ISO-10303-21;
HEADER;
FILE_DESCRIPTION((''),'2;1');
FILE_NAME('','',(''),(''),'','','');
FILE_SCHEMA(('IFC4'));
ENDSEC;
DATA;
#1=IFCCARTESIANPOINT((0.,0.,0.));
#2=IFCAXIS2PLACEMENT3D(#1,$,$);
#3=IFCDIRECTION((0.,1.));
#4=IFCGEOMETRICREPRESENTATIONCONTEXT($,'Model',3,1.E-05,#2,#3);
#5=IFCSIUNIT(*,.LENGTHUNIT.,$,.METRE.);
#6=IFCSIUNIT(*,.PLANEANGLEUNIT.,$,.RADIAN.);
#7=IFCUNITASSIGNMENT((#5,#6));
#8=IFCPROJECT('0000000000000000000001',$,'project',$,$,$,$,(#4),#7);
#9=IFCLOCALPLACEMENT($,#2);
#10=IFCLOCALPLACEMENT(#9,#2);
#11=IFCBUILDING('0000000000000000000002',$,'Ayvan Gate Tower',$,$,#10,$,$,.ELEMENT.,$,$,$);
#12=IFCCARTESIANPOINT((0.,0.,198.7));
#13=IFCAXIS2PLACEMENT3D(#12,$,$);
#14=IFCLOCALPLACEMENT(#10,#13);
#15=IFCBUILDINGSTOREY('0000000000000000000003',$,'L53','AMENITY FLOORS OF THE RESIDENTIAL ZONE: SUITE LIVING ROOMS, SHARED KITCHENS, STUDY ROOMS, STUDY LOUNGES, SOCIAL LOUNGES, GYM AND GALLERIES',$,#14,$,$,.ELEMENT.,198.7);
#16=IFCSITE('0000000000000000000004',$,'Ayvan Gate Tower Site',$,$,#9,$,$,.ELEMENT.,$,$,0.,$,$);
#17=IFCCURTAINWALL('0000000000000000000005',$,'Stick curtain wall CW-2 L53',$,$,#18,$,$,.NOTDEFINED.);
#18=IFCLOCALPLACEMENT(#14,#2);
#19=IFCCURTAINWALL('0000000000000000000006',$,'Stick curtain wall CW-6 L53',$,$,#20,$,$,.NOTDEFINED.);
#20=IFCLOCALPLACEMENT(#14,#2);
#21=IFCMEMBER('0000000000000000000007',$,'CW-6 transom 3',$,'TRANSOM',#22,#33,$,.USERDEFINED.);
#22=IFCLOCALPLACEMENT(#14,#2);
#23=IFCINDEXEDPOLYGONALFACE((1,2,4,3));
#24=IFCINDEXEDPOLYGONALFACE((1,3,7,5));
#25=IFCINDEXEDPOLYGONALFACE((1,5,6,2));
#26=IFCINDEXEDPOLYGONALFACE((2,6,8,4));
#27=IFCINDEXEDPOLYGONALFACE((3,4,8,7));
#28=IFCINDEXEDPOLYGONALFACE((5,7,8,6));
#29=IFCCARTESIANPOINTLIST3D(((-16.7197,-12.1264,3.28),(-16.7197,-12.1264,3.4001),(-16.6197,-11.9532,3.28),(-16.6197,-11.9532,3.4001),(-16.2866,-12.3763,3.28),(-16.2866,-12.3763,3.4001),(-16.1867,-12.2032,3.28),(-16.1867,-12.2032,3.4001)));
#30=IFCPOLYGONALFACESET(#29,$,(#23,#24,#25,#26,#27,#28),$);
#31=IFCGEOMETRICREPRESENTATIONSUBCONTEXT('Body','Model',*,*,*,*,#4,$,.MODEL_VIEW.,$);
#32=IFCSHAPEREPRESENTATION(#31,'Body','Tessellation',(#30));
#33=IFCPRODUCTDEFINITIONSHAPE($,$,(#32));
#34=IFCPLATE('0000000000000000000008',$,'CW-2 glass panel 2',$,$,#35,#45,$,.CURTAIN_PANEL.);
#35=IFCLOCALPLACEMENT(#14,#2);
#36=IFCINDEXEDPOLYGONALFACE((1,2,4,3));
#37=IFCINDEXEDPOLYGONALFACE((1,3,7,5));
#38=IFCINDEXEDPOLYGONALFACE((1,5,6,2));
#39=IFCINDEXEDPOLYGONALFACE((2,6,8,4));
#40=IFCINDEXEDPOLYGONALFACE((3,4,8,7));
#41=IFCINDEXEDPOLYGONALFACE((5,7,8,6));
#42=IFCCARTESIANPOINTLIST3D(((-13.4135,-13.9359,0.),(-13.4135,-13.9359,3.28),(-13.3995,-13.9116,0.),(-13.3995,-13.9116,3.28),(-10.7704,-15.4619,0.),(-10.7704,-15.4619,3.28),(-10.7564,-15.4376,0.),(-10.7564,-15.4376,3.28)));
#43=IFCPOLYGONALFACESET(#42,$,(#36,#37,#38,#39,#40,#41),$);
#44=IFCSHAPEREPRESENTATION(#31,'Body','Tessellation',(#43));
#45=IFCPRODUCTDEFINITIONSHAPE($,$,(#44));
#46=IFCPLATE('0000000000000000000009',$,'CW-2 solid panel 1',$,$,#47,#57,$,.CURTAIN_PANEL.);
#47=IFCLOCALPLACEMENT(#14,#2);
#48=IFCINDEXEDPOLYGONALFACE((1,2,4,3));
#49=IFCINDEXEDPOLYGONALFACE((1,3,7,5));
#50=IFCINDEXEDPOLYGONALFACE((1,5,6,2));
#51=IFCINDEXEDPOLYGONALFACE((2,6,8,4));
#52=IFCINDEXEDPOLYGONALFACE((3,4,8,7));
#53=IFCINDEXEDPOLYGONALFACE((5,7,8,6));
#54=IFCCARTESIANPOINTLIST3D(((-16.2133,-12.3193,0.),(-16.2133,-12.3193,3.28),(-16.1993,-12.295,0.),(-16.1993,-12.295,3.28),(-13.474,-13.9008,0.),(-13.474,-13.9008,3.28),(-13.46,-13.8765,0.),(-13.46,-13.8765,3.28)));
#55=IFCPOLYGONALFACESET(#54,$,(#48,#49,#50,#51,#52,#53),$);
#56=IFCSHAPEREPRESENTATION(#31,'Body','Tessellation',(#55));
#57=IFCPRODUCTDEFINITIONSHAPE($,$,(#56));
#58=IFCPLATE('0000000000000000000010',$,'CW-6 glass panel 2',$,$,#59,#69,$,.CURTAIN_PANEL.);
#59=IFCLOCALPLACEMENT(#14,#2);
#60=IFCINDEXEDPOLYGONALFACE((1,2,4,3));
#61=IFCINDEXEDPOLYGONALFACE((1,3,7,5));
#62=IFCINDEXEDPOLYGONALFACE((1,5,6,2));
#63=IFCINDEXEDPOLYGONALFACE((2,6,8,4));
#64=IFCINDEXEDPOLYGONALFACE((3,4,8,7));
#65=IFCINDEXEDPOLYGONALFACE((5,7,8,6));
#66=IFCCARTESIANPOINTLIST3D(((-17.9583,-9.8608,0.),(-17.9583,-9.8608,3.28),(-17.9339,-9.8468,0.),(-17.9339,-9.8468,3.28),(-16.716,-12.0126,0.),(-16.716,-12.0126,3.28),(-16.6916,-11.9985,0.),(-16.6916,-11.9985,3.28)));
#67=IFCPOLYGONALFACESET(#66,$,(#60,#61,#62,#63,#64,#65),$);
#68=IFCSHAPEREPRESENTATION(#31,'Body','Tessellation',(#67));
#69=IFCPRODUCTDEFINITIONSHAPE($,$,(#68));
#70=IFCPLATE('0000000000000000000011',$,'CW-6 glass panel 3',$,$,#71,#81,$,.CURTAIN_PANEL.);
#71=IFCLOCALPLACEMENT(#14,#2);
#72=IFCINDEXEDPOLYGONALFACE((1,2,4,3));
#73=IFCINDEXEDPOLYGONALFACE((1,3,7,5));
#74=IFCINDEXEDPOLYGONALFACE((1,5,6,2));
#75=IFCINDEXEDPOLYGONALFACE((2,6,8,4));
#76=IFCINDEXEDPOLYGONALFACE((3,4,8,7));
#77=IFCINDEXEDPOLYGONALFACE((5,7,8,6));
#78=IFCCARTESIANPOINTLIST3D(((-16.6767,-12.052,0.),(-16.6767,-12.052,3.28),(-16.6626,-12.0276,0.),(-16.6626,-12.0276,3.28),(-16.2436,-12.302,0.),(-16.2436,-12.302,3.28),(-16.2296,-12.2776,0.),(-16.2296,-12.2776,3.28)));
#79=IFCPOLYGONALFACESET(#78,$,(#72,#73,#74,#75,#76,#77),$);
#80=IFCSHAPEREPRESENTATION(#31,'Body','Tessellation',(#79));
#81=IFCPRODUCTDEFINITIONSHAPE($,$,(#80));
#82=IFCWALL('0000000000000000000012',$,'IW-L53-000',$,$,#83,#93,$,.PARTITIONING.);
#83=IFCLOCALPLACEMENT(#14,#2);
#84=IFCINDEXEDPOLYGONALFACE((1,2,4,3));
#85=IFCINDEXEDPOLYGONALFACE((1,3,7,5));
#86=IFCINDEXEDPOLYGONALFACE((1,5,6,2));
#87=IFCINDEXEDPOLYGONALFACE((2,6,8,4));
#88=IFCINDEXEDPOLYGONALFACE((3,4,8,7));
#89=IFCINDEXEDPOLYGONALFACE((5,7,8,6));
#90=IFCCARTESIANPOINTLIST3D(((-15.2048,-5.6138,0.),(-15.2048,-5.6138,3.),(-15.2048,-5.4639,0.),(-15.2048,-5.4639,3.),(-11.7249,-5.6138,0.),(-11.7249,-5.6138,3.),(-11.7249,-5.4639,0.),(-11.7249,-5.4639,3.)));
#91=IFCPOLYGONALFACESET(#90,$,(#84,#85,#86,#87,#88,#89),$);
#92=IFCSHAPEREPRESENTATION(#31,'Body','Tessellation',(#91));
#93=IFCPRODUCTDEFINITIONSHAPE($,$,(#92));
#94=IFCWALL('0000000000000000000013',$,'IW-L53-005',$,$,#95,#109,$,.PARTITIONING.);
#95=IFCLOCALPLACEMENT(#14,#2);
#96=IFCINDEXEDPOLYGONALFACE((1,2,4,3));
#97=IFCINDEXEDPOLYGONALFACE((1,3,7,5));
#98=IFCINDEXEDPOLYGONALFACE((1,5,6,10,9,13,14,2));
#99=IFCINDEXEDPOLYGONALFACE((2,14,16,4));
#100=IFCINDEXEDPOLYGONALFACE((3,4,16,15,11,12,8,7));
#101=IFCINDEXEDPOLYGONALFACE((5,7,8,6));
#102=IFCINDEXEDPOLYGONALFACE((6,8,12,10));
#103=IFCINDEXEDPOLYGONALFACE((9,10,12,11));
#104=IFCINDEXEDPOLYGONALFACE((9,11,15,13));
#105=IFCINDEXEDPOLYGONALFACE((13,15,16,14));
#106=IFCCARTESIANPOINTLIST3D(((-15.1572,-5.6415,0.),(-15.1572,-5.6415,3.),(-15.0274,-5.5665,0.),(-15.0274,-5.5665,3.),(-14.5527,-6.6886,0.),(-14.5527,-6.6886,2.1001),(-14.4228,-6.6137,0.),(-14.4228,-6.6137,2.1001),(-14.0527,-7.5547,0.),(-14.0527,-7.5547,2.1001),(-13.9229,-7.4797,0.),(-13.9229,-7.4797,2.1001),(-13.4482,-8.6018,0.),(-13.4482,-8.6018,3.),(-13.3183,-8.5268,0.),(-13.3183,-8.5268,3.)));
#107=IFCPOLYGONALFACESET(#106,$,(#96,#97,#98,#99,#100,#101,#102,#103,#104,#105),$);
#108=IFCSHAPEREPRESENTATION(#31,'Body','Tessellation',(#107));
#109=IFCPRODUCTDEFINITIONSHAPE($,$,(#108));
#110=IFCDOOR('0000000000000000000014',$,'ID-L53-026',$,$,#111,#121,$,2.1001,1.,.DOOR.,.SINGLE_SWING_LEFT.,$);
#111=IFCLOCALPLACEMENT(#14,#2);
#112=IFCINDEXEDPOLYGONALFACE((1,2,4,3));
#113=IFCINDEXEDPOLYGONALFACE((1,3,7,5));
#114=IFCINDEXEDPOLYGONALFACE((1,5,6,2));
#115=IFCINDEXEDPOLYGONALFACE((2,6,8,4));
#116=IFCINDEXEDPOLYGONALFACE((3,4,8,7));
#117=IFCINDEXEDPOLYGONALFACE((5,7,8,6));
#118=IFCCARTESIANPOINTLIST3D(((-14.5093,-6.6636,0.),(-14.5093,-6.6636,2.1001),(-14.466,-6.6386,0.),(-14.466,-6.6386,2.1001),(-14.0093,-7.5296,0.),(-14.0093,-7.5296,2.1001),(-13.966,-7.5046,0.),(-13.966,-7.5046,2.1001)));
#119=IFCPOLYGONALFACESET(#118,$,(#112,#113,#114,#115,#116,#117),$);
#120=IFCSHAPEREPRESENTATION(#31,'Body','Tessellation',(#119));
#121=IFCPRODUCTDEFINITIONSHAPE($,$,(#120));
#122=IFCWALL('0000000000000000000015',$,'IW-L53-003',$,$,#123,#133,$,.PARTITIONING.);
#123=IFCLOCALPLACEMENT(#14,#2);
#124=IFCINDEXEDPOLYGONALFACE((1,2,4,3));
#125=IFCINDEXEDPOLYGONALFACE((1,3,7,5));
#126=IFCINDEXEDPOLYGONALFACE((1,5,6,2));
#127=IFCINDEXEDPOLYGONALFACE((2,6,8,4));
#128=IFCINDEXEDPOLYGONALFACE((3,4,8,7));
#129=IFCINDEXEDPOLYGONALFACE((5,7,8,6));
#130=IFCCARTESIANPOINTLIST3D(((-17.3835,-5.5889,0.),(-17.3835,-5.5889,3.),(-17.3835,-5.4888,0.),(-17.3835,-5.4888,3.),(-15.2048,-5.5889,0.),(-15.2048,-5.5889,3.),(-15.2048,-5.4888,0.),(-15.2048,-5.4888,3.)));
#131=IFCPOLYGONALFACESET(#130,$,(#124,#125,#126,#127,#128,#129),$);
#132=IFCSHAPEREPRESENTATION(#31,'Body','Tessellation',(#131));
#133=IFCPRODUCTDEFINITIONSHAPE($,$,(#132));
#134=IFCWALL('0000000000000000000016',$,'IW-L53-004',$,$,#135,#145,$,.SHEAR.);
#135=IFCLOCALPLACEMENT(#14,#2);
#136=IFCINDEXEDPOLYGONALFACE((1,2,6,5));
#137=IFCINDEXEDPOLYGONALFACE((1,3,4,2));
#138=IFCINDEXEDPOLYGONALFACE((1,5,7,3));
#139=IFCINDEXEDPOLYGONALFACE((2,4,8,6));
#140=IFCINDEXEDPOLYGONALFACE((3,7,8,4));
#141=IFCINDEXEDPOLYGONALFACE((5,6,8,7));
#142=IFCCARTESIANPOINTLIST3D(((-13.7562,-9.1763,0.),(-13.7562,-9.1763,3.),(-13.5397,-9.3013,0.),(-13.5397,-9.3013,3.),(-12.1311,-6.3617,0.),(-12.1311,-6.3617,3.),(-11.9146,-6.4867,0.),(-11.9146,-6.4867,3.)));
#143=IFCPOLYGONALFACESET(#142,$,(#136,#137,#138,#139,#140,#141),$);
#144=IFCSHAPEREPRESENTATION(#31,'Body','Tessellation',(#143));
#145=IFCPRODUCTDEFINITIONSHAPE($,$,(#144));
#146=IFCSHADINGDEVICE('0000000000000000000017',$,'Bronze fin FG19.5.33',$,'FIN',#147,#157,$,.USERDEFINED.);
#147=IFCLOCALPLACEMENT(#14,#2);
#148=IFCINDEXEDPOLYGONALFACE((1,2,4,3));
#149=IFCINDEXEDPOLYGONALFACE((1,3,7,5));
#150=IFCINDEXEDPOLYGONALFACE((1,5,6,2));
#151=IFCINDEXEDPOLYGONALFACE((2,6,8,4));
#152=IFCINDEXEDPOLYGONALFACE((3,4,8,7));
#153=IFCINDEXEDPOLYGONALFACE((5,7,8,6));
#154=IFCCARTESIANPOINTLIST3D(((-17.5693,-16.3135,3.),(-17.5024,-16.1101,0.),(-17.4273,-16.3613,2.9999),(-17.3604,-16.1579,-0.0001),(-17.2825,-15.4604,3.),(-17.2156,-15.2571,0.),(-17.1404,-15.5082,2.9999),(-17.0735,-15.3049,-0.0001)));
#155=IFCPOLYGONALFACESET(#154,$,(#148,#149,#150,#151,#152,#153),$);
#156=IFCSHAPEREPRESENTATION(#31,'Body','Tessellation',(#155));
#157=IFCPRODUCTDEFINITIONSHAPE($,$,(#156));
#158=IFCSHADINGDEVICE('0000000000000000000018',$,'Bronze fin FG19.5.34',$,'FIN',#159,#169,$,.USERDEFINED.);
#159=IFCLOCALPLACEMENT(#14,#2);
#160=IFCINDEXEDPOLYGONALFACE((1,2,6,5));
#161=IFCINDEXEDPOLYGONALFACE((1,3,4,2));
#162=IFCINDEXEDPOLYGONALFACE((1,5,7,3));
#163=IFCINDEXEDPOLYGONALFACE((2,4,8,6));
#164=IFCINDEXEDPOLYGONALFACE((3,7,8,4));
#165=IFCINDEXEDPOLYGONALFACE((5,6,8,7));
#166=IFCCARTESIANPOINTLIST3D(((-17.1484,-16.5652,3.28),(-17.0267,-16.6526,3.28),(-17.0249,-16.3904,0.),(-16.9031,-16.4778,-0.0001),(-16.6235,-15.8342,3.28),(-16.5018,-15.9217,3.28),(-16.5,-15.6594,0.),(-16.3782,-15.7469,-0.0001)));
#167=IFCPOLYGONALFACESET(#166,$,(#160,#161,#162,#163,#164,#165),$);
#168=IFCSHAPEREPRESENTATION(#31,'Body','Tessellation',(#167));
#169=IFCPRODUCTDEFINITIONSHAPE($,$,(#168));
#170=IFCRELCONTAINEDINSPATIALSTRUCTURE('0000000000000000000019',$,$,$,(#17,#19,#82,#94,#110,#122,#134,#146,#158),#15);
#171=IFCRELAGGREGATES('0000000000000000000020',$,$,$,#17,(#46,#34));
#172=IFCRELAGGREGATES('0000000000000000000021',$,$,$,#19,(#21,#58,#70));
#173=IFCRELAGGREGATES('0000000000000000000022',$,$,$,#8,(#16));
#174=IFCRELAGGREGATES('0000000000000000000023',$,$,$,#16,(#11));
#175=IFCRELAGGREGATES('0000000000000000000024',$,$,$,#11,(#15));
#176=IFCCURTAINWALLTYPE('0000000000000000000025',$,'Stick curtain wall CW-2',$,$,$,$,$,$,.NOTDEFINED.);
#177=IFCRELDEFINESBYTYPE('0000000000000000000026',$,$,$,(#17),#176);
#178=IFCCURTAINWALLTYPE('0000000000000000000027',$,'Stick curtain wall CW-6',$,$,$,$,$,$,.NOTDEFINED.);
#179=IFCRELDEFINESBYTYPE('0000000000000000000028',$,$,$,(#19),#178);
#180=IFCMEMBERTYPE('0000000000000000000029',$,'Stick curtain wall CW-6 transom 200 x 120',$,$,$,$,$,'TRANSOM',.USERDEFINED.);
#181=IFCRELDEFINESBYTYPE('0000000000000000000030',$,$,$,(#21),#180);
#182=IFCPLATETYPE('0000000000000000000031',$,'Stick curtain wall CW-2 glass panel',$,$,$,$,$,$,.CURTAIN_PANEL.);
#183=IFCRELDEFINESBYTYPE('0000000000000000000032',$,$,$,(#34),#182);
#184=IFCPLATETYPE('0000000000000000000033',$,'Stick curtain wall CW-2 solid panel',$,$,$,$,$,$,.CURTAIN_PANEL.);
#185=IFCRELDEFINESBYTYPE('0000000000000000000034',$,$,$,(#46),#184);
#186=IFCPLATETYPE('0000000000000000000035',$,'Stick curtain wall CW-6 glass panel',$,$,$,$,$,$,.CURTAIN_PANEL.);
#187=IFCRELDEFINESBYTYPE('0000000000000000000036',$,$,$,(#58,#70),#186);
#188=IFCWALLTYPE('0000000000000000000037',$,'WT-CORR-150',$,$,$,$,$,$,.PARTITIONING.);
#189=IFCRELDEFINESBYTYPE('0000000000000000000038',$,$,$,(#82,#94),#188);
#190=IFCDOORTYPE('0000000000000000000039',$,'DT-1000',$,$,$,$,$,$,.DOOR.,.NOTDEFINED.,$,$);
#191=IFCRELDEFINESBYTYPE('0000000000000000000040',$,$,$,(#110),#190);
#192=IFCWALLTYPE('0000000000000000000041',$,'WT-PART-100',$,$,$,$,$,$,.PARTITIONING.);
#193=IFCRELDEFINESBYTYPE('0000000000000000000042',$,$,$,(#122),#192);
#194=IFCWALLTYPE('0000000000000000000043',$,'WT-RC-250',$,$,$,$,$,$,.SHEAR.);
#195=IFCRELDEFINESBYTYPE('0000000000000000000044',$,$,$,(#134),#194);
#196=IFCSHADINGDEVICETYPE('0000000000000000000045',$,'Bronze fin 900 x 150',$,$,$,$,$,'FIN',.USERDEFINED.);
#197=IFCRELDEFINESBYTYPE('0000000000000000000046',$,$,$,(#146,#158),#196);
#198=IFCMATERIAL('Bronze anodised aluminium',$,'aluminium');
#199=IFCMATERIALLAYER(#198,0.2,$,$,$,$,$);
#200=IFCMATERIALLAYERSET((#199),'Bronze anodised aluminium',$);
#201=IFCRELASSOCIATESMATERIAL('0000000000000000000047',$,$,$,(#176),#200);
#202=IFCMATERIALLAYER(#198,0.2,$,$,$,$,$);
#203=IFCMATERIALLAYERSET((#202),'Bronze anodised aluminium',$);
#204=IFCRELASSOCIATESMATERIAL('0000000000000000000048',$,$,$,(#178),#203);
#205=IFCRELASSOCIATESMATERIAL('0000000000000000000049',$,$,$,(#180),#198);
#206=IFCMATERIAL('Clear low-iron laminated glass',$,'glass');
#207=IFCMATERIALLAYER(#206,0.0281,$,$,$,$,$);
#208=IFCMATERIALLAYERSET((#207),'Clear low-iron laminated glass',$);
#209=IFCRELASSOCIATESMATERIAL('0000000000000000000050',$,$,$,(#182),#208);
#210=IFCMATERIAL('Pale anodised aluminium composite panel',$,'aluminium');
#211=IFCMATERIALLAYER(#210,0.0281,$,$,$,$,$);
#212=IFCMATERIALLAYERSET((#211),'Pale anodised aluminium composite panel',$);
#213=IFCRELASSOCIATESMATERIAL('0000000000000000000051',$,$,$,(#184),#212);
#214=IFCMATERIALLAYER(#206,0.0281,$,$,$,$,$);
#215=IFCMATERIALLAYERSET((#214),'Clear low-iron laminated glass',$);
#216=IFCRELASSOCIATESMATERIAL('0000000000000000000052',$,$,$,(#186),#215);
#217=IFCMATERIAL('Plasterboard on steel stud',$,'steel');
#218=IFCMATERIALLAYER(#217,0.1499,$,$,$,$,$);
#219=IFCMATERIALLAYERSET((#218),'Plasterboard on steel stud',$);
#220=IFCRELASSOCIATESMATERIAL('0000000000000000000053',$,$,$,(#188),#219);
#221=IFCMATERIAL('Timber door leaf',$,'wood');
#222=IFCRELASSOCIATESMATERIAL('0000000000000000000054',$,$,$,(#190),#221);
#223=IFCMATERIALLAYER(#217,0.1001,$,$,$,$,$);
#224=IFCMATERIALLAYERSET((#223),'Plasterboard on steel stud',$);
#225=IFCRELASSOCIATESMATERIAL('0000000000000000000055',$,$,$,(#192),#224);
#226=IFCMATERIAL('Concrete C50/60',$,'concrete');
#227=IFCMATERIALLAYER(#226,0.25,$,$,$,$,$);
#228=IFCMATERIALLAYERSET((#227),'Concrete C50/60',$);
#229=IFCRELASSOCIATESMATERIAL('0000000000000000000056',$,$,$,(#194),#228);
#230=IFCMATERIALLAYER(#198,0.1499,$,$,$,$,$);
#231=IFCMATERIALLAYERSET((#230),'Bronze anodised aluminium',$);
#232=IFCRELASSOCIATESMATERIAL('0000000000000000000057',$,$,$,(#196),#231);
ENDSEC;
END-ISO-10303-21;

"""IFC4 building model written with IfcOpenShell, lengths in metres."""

from ifc_helpers import new_model, si_unit, direction, frame, frame_2d, origin, origin_2d, place, context, subcontext, project, spatial, polyline, rectangle, outline, extrude, material, layer, layer_set, material_profile, profile_set, type_object, element, fill, aggregate, save


model = new_model("IFC4")

# Units and contexts
model_context = context("Model", 3, precision=1e-05, world=origin(), true_north=direction((0.0, 1.0)))
body_context = subcontext(model_context, "Body", "Model", "MODEL_VIEW")
ifc_project = project(units=[si_unit("LENGTHUNIT", "METRE"), si_unit("PLANEANGLEUNIT", "RADIAN")], contexts=[model_context])

# Site, building, storey
site_placement = place(None, origin())
site = spatial("IfcSite", under=ifc_project, at=site_placement, Name="Ayvan Gate Tower Site", CompositionType="ELEMENT", RefElevation=0.0)
building_placement = place(site_placement, origin())
building = spatial("IfcBuilding", under=site, at=building_placement, Name="Ayvan Gate Tower", CompositionType="ELEMENT")
storey_placement = place(building_placement, frame((0.0, 0.0, 198.7)))
storey = spatial("IfcBuildingStorey", under=building, at=storey_placement, Name="L53", Description="AMENITY FLOORS OF THE RESIDENTIAL ZONE: SUITE LIVING ROOMS, SHARED KITCHENS, STUDY ROOMS, STUDY LOUNGES, SOCIAL LOUNGES, GYM AND GALLERIES", CompositionType="ELEMENT", Elevation=198.7)

# Curtain walls, member
ifc_material_1 = material(Name="Bronze anodised aluminium", Category="aluminium")
ifc_layer_1 = layer(ifc_material_1, 0.2)
ifc_layer_set_1 = layer_set([ifc_layer_1], Name="Bronze anodised aluminium")
curtain_wall_type_1 = type_object("IfcCurtainWallType", Name="Stick curtain wall CW-2", PredefinedType="NOTDEFINED", material=ifc_layer_set_1)
curtain_wall_1_placement = place(storey_placement, origin())
curtain_wall_1 = element("IfcCurtainWall", 1, at=curtain_wall_1_placement, inside=storey, type_object=curtain_wall_type_1, Name="Stick curtain wall CW-2 L53", PredefinedType="NOTDEFINED")
ifc_layer_2 = layer(ifc_material_1, 0.2)
ifc_layer_set_2 = layer_set([ifc_layer_2], Name="Bronze anodised aluminium")
curtain_wall_type_2 = type_object("IfcCurtainWallType", Name="Stick curtain wall CW-6", PredefinedType="NOTDEFINED", material=ifc_layer_set_2)
curtain_wall_2_placement = place(storey_placement, origin())
curtain_wall_2 = element("IfcCurtainWall", 2, at=curtain_wall_2_placement, inside=storey, type_object=curtain_wall_type_2, Name="Stick curtain wall CW-6 L53", PredefinedType="NOTDEFINED")
ifc_material_profile_1 = material_profile(ifc_material_1, rectangle(XDim=0.2, YDim=0.1201, at=origin_2d()), Name="Stick curtain wall CW-6 transom 200 x 120")
ifc_profile_set_1 = profile_set([ifc_material_profile_1], Name="Bronze anodised aluminium")
member_type_1 = type_object("IfcMemberType", Name="Stick curtain wall CW-6 transom 200 x 120", ElementType="TRANSOM", PredefinedType="USERDEFINED", material=ifc_profile_set_1)
member_1_placement = place(storey_placement, frame((-16.6697, -12.0398, 3.3401), z_axis=(0.866072, -0.49992, 0.0), x_axis=(0.49992, 0.866072, 0.0)))
member_1 = element("IfcMember", 3, at=member_1_placement, type_object=member_type_1, Name="CW-6 transom 3", ObjectType="TRANSOM", PredefinedType="USERDEFINED", context=body_context, shape_type="SweptSolid", body=[
    extrude(rectangle(XDim=0.2, YDim=0.1201, at=origin_2d()), origin(), (0.0, 0.0, 1.0), 0.5),
])

# Plates
ifc_material_2 = material(Name="Clear low-iron laminated glass", Category="glass")
ifc_layer_3 = layer(ifc_material_2, 0.0281)
ifc_layer_set_3 = layer_set([ifc_layer_3], Name="Clear low-iron laminated glass")
plate_type_1 = type_object("IfcPlateType", Name="Stick curtain wall CW-2 glass panel", PredefinedType="CURTAIN_PANEL", material=ifc_layer_set_3)
plate_1_placement = place(storey_placement, frame((-12.085, -14.6868, 0.0), z_axis=(0.0, 0.0, 1.0), x_axis=(0.866025, -0.5, 0.0)))
plate_1 = element("IfcPlate", 4, at=plate_1_placement, type_object=plate_type_1, Name="CW-2 glass panel 2", PredefinedType="CURTAIN_PANEL", context=body_context, shape_type="SweptSolid", body=[
    extrude(rectangle(XDim=3.052, YDim=0.0281, at=origin_2d()), origin(), (0.0, 0.0, 1.0), 3.28),
])
ifc_material_3 = material(Name="Pale anodised aluminium composite panel", Category="aluminium")
ifc_layer_4 = layer(ifc_material_3, 0.0281)
ifc_layer_set_4 = layer_set([ifc_layer_4], Name="Pale anodised aluminium composite panel")
plate_type_2 = type_object("IfcPlateType", Name="Stick curtain wall CW-2 solid panel", PredefinedType="CURTAIN_PANEL", material=ifc_layer_set_4)
plate_2_placement = place(storey_placement, frame((-14.8367, -13.0979, 0.0), z_axis=(0.0, 0.0, 1.0), x_axis=(0.866025, -0.5, 0.0)))
plate_2 = element("IfcPlate", 5, at=plate_2_placement, type_object=plate_type_2, Name="CW-2 solid panel 1", PredefinedType="CURTAIN_PANEL", context=body_context, shape_type="SweptSolid", body=[
    extrude(rectangle(XDim=3.1631, YDim=0.0281, at=origin_2d()), origin(), (0.0, 0.0, 1.0), 3.28),
])
aggregate(curtain_wall_1, [plate_2, plate_1])
ifc_layer_5 = layer(ifc_material_2, 0.0281)
ifc_layer_set_5 = layer_set([ifc_layer_5], Name="Clear low-iron laminated glass")
plate_type_3 = type_object("IfcPlateType", Name="Stick curtain wall CW-6 glass panel", PredefinedType="CURTAIN_PANEL", material=ifc_layer_set_5)
plate_3_placement = place(storey_placement, frame((-17.325, -10.9297, 0.0), z_axis=(0.0, 0.0, 1.0), x_axis=(0.5, -0.866025, 0.0)))
plate_3 = element("IfcPlate", 6, at=plate_3_placement, type_object=plate_type_3, Name="CW-6 glass panel 2", PredefinedType="CURTAIN_PANEL", context=body_context, shape_type="SweptSolid", body=[
    extrude(rectangle(XDim=2.4846, YDim=0.0281, at=origin_2d()), origin(), (0.0, 0.0, 1.0), 3.28),
])
plate_4_placement = place(storey_placement, frame((-16.4531, -12.1648, 0.0), z_axis=(0.0, 0.0, 1.0), x_axis=(0.866025, -0.5, 0.0)))
plate_4 = element("IfcPlate", 7, at=plate_4_placement, type_object=plate_type_3, Name="CW-6 glass panel 3", PredefinedType="CURTAIN_PANEL", context=body_context, shape_type="SweptSolid", body=[
    extrude(rectangle(XDim=0.5, YDim=0.0281, at=origin_2d()), origin(), (0.0, 0.0, 1.0), 3.28),
])
aggregate(curtain_wall_2, [member_1, plate_3, plate_4])

# Wall
ifc_material_4 = material(Name="Plasterboard on steel stud", Category="steel")
ifc_layer_6 = layer(ifc_material_4, 0.1499)
ifc_layer_set_6 = layer_set([ifc_layer_6], Name="Plasterboard on steel stud")
wall_type_1 = type_object("IfcWallType", Name="WT-CORR-150", PredefinedType="PARTITIONING", material=ifc_layer_set_6)
wall_1_placement = place(storey_placement, frame((-15.2048, -5.5388, 0.0), z_axis=(0.0, 0.0, 1.0), x_axis=(1.0, 0.0, 0.0)))
element("IfcWall", 8, at=wall_1_placement, inside=storey, type_object=wall_type_1, Name="IW-L53-000", PredefinedType="PARTITIONING", context=body_context, shape_type="SweptSolid", body=[
    extrude(rectangle(XDim=3.48, YDim=0.1499, at=frame_2d((1.74, 0.0))), origin(), (0.0, 0.0, 1.0), 3.0),
])

# Wall, opening, door
wall_2_placement = place(storey_placement, frame((-13.3833, -8.5642, 0.0), z_axis=(0.0, 0.0, 1.0), x_axis=(-0.49998, 0.866037, 0.0)))
wall_2 = element("IfcWall", 9, at=wall_2_placement, inside=storey, type_object=wall_type_1, Name="IW-L53-005", PredefinedType="PARTITIONING", context=body_context, shape_type="SweptSolid", body=[
    extrude(rectangle(XDim=3.4182, YDim=0.1499, at=frame_2d((1.709, 0.0))), origin(), (0.0, 0.0, 1.0), 3.0),
])
opening_placement = place(wall_2_placement, frame((1.209, 0.0, 0.0)))
opening = element("IfcOpeningElement", 10, at=opening_placement, cuts=wall_2, PredefinedType="OPENING", context=body_context, shape_type="SweptSolid", body=[
    extrude(rectangle(XDim=1.0, YDim=2.1001, at=frame_2d((0.5, 1.05))), frame((0.0, 0.085, 0.0), z_axis=(0.0, -1.0, 0.0), x_axis=(1.0, 0.0, 0.0)), (0.0, 0.0, 1.0), 0.1699),
])
ifc_material_5 = material(Name="Timber door leaf", Category="wood")
door_type = type_object("IfcDoorType", Name="DT-1000", OperationType="NOTDEFINED", PredefinedType="DOOR", material=ifc_material_5)
door_placement = place(opening_placement, origin())
door = element("IfcDoor", 11, at=door_placement, inside=storey, type_object=door_type, Name="ID-L53-026", OperationType="SINGLE_SWING_LEFT", OverallHeight=2.1001, OverallWidth=1.0, PredefinedType="DOOR", context=body_context, shape_type="SweptSolid", body=[
    extrude(rectangle(XDim=1.0, YDim=2.1001, at=frame_2d((0.5, 1.05))), frame((0.0, 0.0249, 0.0), z_axis=(0.0, -1.0, 0.0), x_axis=(1.0, 0.0, 0.0)), (0.0, 0.0, 1.0), 0.05),
])
fill(opening, door)

# Walls
ifc_layer_7 = layer(ifc_material_4, 0.1001)
ifc_layer_set_7 = layer_set([ifc_layer_7], Name="Plasterboard on steel stud")
wall_type_2 = type_object("IfcWallType", Name="WT-PART-100", PredefinedType="PARTITIONING", material=ifc_layer_set_7)
wall_3_placement = place(storey_placement, frame((-15.2048, -5.5388, 0.0), z_axis=(0.0, 0.0, 1.0), x_axis=(-1.0, 0.0, 0.0)))
element("IfcWall", 12, at=wall_3_placement, inside=storey, type_object=wall_type_2, Name="IW-L53-003", PredefinedType="PARTITIONING", context=body_context, shape_type="SweptSolid", body=[
    extrude(rectangle(XDim=2.1787, YDim=0.1001, at=frame_2d((1.0894, 0.0))), origin(), (0.0, 0.0, 1.0), 3.0),
])
ifc_material_6 = material(Name="Concrete C50/60", Category="concrete")
ifc_layer_8 = layer(ifc_material_6, 0.25)
ifc_layer_set_8 = layer_set([ifc_layer_8], Name="Concrete C50/60")
wall_type_3 = type_object("IfcWallType", Name="WT-RC-250", PredefinedType="SHEAR", material=ifc_layer_set_8)
wall_4_placement = place(storey_placement, frame((-13.6479, -9.2388, 0.0), z_axis=(0.0, 0.0, 1.0), x_axis=(0.500017, 0.866015, 0.0)))
element("IfcWall", 13, at=wall_4_placement, inside=storey, type_object=wall_type_3, Name="IW-L53-004", PredefinedType="SHEAR", context=body_context, shape_type="SweptSolid", body=[
    extrude(rectangle(XDim=3.25, YDim=0.25, at=frame_2d((1.625, 0.0))), origin(), (0.0, 0.0, 1.0), 3.0),
])

# Shading devices
ifc_layer_9 = layer(ifc_material_1, 0.1499)
ifc_layer_set_9 = layer_set([ifc_layer_9], Name="Bronze anodised aluminium")
shading_device_type = type_object("IfcShadingDeviceType", Name="Bronze fin 900 x 150", ElementType="FIN", PredefinedType="USERDEFINED", material=ifc_layer_set_9)
shading_device_1_placement = place(storey_placement, frame((-17.2156, -15.2571, 0.0), z_axis=(-0.947839, 0.318749, 0.000473), x_axis=(-0.31875, -0.947839, 0.0)))
element("IfcShadingDevice", 14, at=shading_device_1_placement, inside=storey, type_object=shading_device_type, Name="Bronze fin FG19.5.33", ObjectType="FIN", PredefinedType="USERDEFINED", context=body_context, shape_type="SweptSolid", body=[
    extrude(outline(polyline([(0.0, 0.0), (0.9, 0.0), (1.1141, 3.0), (0.2141, 3.0), (0.0, 0.0)])), origin(), (0.0, 0.0, -1.0), 0.1499),
])
shading_device_2_placement = place(storey_placement, frame((-16.5, -15.6594, 0.0), z_axis=(-0.812264, 0.583289, 0.000493), x_axis=(-0.583289, -0.812264, 0.0)))
element("IfcShadingDevice", 15, at=shading_device_2_placement, inside=storey, type_object=shading_device_type, Name="Bronze fin FG19.5.34", ObjectType="FIN", PredefinedType="USERDEFINED", context=body_context, shape_type="SweptSolid", body=[
    extrude(outline(polyline([(0.0, 0.0), (0.8999, 0.0), (1.1139, 3.28), (0.214, 3.28), (0.0, 0.0)])), origin(), (0.0, 0.0, -1.0), 0.1499),
])

save(model, "model.ifc")
